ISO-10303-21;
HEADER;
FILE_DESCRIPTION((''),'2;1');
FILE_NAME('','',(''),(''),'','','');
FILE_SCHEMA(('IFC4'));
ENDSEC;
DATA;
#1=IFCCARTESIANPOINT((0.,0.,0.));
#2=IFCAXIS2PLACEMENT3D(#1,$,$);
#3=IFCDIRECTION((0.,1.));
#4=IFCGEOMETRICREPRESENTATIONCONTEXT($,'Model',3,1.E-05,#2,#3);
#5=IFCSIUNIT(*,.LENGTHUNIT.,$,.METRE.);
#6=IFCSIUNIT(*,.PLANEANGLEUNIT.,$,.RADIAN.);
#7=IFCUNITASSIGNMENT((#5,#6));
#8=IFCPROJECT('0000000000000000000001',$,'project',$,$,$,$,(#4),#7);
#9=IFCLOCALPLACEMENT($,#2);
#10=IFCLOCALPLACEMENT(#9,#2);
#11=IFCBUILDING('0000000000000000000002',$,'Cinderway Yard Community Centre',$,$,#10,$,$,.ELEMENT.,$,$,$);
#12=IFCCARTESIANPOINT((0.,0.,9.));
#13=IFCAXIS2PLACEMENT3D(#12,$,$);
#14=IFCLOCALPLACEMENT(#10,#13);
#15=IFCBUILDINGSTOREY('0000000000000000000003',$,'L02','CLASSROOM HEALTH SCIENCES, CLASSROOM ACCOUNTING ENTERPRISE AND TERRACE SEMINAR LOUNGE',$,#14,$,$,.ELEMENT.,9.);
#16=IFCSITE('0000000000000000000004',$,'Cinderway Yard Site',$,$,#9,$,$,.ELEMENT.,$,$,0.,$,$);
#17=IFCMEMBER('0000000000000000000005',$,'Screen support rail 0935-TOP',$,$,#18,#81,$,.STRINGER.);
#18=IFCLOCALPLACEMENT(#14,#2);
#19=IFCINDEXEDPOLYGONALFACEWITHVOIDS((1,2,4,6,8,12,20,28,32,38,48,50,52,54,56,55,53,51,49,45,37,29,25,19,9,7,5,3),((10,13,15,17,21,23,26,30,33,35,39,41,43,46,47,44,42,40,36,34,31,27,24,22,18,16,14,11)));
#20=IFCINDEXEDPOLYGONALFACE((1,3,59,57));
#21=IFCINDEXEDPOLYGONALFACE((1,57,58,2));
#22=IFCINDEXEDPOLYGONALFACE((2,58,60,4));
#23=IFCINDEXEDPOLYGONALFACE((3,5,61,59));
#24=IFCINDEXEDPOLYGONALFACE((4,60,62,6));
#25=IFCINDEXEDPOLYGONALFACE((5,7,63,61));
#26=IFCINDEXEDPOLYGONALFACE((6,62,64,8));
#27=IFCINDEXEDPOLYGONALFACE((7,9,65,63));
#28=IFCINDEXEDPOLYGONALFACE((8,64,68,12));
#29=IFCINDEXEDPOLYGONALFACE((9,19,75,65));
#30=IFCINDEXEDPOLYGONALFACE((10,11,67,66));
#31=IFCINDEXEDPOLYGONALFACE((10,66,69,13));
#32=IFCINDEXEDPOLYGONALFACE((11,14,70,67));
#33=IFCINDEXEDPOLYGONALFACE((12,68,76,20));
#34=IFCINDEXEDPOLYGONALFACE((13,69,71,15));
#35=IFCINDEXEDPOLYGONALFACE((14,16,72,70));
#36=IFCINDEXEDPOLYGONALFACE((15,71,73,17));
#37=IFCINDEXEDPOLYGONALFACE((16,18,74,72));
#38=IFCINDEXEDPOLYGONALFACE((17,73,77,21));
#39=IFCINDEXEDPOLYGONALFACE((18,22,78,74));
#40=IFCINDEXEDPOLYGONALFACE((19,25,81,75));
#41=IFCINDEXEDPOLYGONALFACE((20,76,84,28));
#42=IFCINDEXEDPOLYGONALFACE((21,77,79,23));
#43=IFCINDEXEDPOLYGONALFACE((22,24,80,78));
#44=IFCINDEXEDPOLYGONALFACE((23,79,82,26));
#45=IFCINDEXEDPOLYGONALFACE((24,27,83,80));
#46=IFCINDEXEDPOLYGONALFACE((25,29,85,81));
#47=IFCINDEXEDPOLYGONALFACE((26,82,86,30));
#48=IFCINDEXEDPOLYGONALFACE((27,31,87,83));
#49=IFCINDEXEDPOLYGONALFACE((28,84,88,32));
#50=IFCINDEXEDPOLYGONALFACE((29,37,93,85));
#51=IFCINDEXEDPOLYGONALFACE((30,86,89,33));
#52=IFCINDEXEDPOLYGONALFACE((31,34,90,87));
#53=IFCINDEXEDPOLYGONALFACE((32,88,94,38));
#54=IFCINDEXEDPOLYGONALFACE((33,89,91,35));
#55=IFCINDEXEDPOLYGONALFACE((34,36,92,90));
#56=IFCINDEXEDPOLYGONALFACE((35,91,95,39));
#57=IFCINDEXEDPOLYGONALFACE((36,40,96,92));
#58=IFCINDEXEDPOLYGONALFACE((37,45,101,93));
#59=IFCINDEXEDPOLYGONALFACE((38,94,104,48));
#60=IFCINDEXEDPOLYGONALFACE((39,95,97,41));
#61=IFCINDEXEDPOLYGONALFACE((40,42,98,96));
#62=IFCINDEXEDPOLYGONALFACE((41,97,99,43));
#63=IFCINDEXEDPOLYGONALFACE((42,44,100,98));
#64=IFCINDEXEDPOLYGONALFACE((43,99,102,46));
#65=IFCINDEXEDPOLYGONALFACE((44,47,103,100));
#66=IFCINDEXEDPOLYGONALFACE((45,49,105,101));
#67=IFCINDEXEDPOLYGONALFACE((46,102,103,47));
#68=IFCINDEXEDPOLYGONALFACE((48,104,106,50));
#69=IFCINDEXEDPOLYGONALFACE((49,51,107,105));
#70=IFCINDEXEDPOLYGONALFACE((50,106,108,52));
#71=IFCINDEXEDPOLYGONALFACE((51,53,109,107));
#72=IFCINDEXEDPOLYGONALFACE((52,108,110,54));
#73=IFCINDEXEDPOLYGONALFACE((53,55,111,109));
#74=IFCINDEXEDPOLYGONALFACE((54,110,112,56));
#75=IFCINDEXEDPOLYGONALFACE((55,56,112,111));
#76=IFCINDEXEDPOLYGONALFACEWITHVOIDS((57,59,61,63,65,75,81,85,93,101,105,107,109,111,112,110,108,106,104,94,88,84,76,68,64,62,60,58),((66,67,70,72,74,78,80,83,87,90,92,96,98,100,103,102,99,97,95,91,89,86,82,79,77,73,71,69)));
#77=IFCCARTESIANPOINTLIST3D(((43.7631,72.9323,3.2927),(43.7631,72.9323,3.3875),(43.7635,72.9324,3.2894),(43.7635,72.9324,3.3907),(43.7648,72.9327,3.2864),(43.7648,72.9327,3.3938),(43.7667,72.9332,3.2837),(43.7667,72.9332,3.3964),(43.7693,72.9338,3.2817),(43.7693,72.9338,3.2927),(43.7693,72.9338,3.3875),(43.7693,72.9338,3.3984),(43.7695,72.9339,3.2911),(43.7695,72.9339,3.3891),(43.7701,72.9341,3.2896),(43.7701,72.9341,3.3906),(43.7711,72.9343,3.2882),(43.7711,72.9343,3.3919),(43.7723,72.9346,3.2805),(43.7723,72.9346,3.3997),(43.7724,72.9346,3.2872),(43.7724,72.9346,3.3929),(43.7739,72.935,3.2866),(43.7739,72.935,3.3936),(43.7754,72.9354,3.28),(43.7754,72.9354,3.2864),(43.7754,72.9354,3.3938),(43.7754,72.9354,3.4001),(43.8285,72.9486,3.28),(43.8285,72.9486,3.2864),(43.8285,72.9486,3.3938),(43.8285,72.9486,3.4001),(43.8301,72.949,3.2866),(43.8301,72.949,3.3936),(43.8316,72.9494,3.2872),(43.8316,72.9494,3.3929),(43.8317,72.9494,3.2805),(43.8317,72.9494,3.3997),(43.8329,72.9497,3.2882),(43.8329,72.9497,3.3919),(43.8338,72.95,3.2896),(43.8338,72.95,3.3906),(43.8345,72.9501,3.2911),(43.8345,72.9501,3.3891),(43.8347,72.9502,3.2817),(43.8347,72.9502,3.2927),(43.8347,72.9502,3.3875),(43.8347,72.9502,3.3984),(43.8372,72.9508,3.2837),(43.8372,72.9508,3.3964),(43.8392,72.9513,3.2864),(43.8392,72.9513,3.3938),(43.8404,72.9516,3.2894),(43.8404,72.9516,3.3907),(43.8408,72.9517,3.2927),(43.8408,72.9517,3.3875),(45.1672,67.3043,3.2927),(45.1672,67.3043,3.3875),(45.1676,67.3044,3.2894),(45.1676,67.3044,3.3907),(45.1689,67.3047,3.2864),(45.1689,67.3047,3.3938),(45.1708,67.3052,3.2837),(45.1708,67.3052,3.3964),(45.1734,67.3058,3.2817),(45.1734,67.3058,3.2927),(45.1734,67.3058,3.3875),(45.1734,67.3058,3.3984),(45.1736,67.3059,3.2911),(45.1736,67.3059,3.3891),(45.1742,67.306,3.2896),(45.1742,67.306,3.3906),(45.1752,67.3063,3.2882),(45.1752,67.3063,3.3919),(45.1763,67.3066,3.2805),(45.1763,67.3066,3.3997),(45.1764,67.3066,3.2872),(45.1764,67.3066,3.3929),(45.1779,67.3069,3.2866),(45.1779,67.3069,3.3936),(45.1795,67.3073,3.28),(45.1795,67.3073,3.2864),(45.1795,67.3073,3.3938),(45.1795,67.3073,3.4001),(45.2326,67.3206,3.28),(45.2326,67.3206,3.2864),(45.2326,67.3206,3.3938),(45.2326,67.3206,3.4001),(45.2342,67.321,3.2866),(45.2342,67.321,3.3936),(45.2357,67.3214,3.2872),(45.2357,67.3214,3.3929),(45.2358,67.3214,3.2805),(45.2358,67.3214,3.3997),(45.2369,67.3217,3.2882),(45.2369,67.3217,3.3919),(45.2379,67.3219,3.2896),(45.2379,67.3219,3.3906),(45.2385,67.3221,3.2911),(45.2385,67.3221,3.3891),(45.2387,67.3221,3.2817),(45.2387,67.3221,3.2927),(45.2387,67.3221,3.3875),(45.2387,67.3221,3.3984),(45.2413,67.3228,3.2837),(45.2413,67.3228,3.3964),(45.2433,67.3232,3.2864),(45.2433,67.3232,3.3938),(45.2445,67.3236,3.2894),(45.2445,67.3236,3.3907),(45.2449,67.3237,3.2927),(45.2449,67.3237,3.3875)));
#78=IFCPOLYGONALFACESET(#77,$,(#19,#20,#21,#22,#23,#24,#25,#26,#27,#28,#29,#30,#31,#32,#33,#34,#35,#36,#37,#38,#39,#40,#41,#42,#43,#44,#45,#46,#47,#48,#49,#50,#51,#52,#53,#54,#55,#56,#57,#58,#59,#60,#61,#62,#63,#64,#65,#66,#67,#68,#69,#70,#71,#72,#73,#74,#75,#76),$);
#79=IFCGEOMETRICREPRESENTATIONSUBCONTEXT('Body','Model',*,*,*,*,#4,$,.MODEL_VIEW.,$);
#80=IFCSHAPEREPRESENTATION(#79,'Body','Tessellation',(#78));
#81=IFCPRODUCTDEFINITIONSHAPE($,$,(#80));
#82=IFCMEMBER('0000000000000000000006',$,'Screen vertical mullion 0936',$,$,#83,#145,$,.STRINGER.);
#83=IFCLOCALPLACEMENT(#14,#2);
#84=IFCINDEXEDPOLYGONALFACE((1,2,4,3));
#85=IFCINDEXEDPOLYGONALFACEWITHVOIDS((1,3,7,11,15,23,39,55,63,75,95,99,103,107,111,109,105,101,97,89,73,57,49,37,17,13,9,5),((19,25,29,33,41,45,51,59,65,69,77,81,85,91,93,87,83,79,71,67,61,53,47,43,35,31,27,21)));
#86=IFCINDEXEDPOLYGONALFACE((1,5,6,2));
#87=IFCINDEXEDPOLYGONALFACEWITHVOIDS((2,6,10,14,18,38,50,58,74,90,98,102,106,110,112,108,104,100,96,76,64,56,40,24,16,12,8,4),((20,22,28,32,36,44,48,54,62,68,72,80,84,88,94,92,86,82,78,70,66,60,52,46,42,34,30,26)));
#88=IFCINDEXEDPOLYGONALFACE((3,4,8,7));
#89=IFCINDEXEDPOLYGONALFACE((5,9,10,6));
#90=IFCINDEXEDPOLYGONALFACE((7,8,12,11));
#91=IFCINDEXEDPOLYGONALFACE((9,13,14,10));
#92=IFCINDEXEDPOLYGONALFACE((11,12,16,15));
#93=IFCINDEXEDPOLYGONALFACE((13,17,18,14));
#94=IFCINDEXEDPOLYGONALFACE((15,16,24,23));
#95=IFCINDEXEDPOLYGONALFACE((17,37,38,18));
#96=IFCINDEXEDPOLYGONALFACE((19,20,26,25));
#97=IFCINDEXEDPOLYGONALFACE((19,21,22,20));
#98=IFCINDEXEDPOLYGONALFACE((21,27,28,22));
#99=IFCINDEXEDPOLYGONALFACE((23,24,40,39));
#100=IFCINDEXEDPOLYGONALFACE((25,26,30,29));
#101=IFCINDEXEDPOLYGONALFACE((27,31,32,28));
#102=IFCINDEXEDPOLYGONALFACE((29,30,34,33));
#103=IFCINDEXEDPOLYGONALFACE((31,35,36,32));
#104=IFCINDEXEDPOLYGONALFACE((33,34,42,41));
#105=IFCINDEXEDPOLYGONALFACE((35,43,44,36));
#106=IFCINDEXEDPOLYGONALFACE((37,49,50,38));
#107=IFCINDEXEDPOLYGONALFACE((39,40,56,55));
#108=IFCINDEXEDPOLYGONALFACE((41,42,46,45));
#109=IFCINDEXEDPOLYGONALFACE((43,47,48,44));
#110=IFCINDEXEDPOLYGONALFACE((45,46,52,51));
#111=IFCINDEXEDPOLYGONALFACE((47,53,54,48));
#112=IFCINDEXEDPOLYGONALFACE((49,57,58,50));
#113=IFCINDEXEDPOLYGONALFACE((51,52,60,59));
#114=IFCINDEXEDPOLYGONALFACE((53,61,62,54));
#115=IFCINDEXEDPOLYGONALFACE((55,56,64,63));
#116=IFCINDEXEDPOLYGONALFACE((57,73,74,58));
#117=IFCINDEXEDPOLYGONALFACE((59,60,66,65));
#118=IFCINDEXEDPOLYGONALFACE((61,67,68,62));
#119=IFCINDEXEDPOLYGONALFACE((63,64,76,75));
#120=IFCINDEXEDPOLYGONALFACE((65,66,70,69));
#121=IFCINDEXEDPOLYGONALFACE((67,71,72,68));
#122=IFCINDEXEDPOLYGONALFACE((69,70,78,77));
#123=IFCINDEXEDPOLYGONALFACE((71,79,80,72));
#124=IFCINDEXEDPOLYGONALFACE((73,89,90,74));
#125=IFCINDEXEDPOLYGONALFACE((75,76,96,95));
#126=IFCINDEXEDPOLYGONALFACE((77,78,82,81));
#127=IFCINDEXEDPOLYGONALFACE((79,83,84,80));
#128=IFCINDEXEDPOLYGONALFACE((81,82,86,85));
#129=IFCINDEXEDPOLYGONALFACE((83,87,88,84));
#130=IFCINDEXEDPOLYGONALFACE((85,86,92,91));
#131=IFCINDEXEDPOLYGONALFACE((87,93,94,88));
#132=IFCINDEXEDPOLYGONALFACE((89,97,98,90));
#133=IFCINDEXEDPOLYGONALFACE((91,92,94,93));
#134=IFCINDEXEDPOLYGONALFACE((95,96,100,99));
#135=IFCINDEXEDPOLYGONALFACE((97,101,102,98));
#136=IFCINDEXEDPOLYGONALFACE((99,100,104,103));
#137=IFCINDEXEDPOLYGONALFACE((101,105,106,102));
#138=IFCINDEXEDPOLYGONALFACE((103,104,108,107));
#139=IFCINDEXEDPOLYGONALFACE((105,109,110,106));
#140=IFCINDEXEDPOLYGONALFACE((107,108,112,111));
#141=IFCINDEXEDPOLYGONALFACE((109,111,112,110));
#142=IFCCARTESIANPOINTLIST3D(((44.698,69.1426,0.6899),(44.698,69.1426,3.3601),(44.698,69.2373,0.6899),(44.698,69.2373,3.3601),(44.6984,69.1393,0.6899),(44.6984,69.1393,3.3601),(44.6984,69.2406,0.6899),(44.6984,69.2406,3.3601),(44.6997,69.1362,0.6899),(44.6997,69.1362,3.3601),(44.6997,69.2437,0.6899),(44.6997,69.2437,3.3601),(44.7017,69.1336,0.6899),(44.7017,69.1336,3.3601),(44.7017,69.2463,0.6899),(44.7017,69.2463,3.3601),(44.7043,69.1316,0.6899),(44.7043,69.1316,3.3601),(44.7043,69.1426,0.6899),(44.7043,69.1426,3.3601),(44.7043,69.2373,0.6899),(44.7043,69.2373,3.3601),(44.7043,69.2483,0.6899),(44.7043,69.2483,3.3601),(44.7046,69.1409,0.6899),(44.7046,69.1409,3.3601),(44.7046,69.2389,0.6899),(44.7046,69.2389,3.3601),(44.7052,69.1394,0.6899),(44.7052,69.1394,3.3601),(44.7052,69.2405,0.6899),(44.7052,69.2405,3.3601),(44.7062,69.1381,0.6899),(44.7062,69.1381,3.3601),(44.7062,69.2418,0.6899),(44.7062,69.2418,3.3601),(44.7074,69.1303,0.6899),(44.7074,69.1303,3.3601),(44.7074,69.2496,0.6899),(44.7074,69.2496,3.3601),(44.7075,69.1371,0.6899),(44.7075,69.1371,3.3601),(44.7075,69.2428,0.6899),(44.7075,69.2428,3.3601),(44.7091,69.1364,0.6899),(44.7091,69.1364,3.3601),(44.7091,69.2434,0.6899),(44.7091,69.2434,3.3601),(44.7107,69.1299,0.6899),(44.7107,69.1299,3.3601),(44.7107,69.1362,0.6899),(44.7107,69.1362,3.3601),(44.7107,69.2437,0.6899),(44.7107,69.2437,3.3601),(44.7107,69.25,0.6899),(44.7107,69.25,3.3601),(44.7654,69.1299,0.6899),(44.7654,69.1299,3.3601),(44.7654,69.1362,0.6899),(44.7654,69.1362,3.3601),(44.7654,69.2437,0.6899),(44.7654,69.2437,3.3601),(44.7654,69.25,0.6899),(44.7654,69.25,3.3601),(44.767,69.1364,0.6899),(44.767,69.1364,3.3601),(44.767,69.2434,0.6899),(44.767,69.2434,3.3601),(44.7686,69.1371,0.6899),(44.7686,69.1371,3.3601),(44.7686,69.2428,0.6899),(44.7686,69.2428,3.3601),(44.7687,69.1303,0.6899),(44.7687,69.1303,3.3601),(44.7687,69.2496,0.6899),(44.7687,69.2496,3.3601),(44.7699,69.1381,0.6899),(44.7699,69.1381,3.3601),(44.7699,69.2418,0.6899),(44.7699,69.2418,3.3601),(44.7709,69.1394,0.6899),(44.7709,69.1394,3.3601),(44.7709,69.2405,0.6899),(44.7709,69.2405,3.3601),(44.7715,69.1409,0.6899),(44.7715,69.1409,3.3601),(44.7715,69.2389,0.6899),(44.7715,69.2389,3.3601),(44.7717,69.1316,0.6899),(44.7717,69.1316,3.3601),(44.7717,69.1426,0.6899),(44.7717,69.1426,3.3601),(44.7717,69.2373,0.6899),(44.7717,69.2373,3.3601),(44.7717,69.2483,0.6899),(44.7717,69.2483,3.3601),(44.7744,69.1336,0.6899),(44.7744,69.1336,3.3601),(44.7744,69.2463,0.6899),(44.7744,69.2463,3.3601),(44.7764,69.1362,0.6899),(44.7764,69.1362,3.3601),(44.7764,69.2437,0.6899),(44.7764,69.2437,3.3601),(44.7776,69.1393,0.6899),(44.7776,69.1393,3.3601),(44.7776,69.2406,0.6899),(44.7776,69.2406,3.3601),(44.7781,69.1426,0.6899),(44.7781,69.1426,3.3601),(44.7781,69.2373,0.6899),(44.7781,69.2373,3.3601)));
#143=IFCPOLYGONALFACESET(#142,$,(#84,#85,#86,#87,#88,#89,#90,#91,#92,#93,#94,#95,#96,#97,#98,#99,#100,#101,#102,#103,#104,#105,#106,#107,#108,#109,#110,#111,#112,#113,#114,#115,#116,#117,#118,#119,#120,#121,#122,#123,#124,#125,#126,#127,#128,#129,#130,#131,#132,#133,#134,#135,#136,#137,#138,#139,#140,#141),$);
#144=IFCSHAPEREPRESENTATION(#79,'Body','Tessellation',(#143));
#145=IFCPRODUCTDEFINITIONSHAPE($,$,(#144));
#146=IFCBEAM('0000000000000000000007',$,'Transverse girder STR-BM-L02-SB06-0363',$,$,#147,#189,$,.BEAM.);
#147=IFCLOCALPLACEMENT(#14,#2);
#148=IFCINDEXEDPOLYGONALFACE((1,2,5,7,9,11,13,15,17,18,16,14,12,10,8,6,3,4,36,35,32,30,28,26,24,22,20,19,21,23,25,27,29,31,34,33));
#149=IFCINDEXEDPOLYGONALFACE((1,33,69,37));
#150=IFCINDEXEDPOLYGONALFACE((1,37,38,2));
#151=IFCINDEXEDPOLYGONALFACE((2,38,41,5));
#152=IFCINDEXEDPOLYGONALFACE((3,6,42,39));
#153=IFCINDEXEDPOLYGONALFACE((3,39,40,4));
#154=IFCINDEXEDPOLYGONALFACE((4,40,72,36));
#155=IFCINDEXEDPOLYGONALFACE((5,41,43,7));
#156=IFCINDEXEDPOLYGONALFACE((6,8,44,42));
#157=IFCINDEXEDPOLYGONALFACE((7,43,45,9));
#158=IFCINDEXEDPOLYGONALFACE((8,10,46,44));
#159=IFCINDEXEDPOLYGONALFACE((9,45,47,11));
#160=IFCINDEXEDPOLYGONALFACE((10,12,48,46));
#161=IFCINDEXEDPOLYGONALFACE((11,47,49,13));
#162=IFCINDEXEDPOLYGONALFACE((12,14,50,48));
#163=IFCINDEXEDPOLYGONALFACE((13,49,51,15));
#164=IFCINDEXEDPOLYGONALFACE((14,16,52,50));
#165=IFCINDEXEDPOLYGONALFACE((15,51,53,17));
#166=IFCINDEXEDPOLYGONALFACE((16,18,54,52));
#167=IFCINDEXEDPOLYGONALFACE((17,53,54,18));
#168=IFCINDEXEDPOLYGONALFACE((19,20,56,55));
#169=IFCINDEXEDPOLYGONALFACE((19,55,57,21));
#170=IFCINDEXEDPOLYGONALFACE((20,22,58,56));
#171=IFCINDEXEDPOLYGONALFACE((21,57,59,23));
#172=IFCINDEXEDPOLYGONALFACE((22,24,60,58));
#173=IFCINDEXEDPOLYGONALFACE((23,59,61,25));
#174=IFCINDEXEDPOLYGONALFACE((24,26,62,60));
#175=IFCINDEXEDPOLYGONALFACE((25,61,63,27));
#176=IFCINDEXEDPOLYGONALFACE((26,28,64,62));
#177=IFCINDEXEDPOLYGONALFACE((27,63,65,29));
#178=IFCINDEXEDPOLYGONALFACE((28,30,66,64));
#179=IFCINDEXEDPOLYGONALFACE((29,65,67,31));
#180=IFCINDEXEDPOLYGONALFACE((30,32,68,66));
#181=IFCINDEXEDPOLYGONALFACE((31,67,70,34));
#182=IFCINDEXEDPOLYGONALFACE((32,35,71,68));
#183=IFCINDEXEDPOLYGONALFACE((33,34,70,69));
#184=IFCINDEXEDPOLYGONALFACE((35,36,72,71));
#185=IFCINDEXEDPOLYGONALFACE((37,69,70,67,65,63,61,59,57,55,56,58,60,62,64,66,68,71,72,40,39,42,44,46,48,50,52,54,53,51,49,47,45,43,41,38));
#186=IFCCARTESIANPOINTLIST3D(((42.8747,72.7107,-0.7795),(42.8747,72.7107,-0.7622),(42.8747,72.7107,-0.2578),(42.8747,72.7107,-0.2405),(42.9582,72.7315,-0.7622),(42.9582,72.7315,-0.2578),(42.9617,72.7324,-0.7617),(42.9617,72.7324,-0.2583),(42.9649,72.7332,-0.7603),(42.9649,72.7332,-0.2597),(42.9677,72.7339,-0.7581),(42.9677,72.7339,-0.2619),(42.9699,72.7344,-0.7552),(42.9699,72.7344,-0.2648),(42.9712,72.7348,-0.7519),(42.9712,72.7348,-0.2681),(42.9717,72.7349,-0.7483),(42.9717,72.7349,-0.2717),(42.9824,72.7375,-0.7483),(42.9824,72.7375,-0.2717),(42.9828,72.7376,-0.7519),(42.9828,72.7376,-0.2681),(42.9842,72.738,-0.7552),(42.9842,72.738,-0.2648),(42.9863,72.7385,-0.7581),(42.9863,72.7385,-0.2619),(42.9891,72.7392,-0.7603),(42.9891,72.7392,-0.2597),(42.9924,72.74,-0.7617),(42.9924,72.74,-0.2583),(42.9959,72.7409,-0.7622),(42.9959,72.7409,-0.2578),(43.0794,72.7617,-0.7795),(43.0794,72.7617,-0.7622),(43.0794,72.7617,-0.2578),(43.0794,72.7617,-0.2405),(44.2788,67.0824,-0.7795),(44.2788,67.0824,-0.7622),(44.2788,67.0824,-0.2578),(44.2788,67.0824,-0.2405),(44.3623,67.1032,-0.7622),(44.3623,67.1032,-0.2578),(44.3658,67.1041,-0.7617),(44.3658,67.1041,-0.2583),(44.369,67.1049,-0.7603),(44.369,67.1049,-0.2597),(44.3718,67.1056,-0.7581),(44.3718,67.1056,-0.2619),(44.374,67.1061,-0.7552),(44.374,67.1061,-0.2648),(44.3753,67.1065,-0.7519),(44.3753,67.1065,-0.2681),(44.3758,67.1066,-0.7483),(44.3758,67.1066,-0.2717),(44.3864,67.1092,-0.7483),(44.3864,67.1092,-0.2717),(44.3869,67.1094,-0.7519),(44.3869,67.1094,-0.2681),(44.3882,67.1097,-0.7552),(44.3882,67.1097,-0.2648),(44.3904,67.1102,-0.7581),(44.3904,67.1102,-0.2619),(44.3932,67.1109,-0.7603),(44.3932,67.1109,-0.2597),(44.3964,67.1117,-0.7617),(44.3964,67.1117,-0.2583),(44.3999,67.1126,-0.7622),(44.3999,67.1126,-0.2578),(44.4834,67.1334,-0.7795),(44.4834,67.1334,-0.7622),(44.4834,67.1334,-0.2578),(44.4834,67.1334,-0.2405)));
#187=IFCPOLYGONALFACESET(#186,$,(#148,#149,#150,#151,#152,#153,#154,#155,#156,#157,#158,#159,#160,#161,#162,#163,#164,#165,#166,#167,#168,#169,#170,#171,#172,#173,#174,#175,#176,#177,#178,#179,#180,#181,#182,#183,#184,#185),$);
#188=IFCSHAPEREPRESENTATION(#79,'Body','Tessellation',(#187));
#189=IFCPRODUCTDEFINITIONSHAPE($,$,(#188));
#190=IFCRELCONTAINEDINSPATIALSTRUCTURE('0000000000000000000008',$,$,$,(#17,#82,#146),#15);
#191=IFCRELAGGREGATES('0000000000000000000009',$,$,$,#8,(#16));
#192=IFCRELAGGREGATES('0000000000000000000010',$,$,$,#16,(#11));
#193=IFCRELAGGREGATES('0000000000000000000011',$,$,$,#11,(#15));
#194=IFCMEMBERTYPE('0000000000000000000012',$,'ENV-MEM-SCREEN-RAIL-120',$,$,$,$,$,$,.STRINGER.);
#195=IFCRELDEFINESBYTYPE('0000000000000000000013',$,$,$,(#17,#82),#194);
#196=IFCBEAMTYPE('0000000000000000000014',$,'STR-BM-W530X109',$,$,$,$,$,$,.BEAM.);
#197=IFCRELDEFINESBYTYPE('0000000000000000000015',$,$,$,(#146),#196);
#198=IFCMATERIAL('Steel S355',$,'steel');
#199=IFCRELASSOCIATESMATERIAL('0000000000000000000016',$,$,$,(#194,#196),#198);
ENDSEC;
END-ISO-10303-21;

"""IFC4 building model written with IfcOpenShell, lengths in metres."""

from ifc_helpers import new_model, si_unit, direction, frame, origin, origin_2d, place, context, subcontext, project, spatial, hollow_rectangle, i_section, extrude, material, material_profile, profile_set, type_object, element, save


model = new_model("IFC4")

# Units and contexts
model_context = context("Model", 3, precision=1e-05, world=origin(), true_north=direction((0.0, 1.0)))
body_context = subcontext(model_context, "Body", "Model", "MODEL_VIEW")
ifc_project = project(units=[si_unit("LENGTHUNIT", "METRE"), si_unit("PLANEANGLEUNIT", "RADIAN")], contexts=[model_context])

# Site, building, storey
site_placement = place(None, origin())
site = spatial("IfcSite", under=ifc_project, at=site_placement, Name="Cinderway Yard Site", CompositionType="ELEMENT", RefElevation=0.0)
building_placement = place(site_placement, origin())
building = spatial("IfcBuilding", under=site, at=building_placement, Name="Cinderway Yard Community Centre", CompositionType="ELEMENT")
storey_placement = place(building_placement, frame((0.0, 0.0, 9.0)))
storey = spatial("IfcBuildingStorey", under=building, at=storey_placement, Name="L02", Description="CLASSROOM HEALTH SCIENCES, CLASSROOM ACCOUNTING ENTERPRISE AND TERRACE SEMINAR LOUNGE", CompositionType="ELEMENT", Elevation=9.0)

# Members
ifc_material_1 = material(Name="Steel S355", Category="steel")
ifc_material_profile_1 = material_profile(ifc_material_1, hollow_rectangle(XDim=0.0801, YDim=0.1201, WallThickness=0.0063, InnerFilletRadius=0.0063, OuterFilletRadius=0.0127, at=origin_2d()), Name="Steel S355")
ifc_profile_set_1 = profile_set([ifc_material_profile_1], Name="Steel S355")
member_type_1 = type_object("IfcMemberType", Name="ENV-MEM-SCREEN-RAIL-120", PredefinedType="STRINGER", material=ifc_profile_set_1)
for number, where, z_axis, x_axis, name in (
    (1, (45.2061, 67.314, 3.3401), (-0.24206, 0.970261, 0.0), (-0.970261, -0.24206, 0.0), "Screen support rail 0935-TOP"),
):
    element("IfcMember", number, at=place(storey_placement, frame(where, z_axis=z_axis, x_axis=x_axis)), inside=storey, type_object=member_type_1, Name=name, PredefinedType="STRINGER", context=body_context, shape_type="SweptSolid", body=[
        extrude(hollow_rectangle(XDim=0.0801, YDim=0.1201, WallThickness=0.0063, InnerFilletRadius=0.0063, OuterFilletRadius=0.0127, at=origin_2d()), origin(), (0.0, 0.0, 1.0), 5.8005),
    ])
member_1_placement = place(storey_placement, frame((44.738, 69.1899, 0.6899), z_axis=(0.0, 0.0, 1.0), x_axis=(1.0, 0.0, 0.0)))
element("IfcMember", 2, at=member_1_placement, inside=storey, type_object=member_type_1, Name="Screen vertical mullion 0936", PredefinedType="STRINGER", context=body_context, shape_type="SweptSolid", body=[
    extrude(hollow_rectangle(XDim=0.0801, YDim=0.1201, WallThickness=0.0063, InnerFilletRadius=0.0063, OuterFilletRadius=0.0127, at=origin_2d()), origin(), (0.0, 0.0, 1.0), 2.6702),
])

# Beam
ifc_material_profile_2 = material_profile(ifc_material_1, i_section(OverallWidth=0.2109, OverallDepth=0.5391, WebThickness=0.011, FlangeThickness=0.0173, FilletRadius=0.0139, at=origin_2d()), Name="Steel S355")
ifc_profile_set_2 = profile_set([ifc_material_profile_2], Name="Steel S355")
beam_type = type_object("IfcBeamType", Name="STR-BM-W530X109", PredefinedType="BEAM", material=ifc_profile_set_2)
beam_placement = place(storey_placement, frame((44.3811, 67.1079, -0.51), z_axis=(-0.24205, 0.970264, 0.0), x_axis=(-0.970264, -0.24205, 0.0)))
element("IfcBeam", 3, at=beam_placement, inside=storey, type_object=beam_type, Name="Transverse girder STR-BM-L02-SB06-0363", PredefinedType="BEAM", context=body_context, shape_type="SweptSolid", body=[
    extrude(i_section(OverallWidth=0.2109, OverallDepth=0.5391, WebThickness=0.011, FlangeThickness=0.0173, FilletRadius=0.0139, at=origin_2d()), origin(), (0.0, 0.0, 1.0), 5.8008),
])

save(model, "model.ifc")
